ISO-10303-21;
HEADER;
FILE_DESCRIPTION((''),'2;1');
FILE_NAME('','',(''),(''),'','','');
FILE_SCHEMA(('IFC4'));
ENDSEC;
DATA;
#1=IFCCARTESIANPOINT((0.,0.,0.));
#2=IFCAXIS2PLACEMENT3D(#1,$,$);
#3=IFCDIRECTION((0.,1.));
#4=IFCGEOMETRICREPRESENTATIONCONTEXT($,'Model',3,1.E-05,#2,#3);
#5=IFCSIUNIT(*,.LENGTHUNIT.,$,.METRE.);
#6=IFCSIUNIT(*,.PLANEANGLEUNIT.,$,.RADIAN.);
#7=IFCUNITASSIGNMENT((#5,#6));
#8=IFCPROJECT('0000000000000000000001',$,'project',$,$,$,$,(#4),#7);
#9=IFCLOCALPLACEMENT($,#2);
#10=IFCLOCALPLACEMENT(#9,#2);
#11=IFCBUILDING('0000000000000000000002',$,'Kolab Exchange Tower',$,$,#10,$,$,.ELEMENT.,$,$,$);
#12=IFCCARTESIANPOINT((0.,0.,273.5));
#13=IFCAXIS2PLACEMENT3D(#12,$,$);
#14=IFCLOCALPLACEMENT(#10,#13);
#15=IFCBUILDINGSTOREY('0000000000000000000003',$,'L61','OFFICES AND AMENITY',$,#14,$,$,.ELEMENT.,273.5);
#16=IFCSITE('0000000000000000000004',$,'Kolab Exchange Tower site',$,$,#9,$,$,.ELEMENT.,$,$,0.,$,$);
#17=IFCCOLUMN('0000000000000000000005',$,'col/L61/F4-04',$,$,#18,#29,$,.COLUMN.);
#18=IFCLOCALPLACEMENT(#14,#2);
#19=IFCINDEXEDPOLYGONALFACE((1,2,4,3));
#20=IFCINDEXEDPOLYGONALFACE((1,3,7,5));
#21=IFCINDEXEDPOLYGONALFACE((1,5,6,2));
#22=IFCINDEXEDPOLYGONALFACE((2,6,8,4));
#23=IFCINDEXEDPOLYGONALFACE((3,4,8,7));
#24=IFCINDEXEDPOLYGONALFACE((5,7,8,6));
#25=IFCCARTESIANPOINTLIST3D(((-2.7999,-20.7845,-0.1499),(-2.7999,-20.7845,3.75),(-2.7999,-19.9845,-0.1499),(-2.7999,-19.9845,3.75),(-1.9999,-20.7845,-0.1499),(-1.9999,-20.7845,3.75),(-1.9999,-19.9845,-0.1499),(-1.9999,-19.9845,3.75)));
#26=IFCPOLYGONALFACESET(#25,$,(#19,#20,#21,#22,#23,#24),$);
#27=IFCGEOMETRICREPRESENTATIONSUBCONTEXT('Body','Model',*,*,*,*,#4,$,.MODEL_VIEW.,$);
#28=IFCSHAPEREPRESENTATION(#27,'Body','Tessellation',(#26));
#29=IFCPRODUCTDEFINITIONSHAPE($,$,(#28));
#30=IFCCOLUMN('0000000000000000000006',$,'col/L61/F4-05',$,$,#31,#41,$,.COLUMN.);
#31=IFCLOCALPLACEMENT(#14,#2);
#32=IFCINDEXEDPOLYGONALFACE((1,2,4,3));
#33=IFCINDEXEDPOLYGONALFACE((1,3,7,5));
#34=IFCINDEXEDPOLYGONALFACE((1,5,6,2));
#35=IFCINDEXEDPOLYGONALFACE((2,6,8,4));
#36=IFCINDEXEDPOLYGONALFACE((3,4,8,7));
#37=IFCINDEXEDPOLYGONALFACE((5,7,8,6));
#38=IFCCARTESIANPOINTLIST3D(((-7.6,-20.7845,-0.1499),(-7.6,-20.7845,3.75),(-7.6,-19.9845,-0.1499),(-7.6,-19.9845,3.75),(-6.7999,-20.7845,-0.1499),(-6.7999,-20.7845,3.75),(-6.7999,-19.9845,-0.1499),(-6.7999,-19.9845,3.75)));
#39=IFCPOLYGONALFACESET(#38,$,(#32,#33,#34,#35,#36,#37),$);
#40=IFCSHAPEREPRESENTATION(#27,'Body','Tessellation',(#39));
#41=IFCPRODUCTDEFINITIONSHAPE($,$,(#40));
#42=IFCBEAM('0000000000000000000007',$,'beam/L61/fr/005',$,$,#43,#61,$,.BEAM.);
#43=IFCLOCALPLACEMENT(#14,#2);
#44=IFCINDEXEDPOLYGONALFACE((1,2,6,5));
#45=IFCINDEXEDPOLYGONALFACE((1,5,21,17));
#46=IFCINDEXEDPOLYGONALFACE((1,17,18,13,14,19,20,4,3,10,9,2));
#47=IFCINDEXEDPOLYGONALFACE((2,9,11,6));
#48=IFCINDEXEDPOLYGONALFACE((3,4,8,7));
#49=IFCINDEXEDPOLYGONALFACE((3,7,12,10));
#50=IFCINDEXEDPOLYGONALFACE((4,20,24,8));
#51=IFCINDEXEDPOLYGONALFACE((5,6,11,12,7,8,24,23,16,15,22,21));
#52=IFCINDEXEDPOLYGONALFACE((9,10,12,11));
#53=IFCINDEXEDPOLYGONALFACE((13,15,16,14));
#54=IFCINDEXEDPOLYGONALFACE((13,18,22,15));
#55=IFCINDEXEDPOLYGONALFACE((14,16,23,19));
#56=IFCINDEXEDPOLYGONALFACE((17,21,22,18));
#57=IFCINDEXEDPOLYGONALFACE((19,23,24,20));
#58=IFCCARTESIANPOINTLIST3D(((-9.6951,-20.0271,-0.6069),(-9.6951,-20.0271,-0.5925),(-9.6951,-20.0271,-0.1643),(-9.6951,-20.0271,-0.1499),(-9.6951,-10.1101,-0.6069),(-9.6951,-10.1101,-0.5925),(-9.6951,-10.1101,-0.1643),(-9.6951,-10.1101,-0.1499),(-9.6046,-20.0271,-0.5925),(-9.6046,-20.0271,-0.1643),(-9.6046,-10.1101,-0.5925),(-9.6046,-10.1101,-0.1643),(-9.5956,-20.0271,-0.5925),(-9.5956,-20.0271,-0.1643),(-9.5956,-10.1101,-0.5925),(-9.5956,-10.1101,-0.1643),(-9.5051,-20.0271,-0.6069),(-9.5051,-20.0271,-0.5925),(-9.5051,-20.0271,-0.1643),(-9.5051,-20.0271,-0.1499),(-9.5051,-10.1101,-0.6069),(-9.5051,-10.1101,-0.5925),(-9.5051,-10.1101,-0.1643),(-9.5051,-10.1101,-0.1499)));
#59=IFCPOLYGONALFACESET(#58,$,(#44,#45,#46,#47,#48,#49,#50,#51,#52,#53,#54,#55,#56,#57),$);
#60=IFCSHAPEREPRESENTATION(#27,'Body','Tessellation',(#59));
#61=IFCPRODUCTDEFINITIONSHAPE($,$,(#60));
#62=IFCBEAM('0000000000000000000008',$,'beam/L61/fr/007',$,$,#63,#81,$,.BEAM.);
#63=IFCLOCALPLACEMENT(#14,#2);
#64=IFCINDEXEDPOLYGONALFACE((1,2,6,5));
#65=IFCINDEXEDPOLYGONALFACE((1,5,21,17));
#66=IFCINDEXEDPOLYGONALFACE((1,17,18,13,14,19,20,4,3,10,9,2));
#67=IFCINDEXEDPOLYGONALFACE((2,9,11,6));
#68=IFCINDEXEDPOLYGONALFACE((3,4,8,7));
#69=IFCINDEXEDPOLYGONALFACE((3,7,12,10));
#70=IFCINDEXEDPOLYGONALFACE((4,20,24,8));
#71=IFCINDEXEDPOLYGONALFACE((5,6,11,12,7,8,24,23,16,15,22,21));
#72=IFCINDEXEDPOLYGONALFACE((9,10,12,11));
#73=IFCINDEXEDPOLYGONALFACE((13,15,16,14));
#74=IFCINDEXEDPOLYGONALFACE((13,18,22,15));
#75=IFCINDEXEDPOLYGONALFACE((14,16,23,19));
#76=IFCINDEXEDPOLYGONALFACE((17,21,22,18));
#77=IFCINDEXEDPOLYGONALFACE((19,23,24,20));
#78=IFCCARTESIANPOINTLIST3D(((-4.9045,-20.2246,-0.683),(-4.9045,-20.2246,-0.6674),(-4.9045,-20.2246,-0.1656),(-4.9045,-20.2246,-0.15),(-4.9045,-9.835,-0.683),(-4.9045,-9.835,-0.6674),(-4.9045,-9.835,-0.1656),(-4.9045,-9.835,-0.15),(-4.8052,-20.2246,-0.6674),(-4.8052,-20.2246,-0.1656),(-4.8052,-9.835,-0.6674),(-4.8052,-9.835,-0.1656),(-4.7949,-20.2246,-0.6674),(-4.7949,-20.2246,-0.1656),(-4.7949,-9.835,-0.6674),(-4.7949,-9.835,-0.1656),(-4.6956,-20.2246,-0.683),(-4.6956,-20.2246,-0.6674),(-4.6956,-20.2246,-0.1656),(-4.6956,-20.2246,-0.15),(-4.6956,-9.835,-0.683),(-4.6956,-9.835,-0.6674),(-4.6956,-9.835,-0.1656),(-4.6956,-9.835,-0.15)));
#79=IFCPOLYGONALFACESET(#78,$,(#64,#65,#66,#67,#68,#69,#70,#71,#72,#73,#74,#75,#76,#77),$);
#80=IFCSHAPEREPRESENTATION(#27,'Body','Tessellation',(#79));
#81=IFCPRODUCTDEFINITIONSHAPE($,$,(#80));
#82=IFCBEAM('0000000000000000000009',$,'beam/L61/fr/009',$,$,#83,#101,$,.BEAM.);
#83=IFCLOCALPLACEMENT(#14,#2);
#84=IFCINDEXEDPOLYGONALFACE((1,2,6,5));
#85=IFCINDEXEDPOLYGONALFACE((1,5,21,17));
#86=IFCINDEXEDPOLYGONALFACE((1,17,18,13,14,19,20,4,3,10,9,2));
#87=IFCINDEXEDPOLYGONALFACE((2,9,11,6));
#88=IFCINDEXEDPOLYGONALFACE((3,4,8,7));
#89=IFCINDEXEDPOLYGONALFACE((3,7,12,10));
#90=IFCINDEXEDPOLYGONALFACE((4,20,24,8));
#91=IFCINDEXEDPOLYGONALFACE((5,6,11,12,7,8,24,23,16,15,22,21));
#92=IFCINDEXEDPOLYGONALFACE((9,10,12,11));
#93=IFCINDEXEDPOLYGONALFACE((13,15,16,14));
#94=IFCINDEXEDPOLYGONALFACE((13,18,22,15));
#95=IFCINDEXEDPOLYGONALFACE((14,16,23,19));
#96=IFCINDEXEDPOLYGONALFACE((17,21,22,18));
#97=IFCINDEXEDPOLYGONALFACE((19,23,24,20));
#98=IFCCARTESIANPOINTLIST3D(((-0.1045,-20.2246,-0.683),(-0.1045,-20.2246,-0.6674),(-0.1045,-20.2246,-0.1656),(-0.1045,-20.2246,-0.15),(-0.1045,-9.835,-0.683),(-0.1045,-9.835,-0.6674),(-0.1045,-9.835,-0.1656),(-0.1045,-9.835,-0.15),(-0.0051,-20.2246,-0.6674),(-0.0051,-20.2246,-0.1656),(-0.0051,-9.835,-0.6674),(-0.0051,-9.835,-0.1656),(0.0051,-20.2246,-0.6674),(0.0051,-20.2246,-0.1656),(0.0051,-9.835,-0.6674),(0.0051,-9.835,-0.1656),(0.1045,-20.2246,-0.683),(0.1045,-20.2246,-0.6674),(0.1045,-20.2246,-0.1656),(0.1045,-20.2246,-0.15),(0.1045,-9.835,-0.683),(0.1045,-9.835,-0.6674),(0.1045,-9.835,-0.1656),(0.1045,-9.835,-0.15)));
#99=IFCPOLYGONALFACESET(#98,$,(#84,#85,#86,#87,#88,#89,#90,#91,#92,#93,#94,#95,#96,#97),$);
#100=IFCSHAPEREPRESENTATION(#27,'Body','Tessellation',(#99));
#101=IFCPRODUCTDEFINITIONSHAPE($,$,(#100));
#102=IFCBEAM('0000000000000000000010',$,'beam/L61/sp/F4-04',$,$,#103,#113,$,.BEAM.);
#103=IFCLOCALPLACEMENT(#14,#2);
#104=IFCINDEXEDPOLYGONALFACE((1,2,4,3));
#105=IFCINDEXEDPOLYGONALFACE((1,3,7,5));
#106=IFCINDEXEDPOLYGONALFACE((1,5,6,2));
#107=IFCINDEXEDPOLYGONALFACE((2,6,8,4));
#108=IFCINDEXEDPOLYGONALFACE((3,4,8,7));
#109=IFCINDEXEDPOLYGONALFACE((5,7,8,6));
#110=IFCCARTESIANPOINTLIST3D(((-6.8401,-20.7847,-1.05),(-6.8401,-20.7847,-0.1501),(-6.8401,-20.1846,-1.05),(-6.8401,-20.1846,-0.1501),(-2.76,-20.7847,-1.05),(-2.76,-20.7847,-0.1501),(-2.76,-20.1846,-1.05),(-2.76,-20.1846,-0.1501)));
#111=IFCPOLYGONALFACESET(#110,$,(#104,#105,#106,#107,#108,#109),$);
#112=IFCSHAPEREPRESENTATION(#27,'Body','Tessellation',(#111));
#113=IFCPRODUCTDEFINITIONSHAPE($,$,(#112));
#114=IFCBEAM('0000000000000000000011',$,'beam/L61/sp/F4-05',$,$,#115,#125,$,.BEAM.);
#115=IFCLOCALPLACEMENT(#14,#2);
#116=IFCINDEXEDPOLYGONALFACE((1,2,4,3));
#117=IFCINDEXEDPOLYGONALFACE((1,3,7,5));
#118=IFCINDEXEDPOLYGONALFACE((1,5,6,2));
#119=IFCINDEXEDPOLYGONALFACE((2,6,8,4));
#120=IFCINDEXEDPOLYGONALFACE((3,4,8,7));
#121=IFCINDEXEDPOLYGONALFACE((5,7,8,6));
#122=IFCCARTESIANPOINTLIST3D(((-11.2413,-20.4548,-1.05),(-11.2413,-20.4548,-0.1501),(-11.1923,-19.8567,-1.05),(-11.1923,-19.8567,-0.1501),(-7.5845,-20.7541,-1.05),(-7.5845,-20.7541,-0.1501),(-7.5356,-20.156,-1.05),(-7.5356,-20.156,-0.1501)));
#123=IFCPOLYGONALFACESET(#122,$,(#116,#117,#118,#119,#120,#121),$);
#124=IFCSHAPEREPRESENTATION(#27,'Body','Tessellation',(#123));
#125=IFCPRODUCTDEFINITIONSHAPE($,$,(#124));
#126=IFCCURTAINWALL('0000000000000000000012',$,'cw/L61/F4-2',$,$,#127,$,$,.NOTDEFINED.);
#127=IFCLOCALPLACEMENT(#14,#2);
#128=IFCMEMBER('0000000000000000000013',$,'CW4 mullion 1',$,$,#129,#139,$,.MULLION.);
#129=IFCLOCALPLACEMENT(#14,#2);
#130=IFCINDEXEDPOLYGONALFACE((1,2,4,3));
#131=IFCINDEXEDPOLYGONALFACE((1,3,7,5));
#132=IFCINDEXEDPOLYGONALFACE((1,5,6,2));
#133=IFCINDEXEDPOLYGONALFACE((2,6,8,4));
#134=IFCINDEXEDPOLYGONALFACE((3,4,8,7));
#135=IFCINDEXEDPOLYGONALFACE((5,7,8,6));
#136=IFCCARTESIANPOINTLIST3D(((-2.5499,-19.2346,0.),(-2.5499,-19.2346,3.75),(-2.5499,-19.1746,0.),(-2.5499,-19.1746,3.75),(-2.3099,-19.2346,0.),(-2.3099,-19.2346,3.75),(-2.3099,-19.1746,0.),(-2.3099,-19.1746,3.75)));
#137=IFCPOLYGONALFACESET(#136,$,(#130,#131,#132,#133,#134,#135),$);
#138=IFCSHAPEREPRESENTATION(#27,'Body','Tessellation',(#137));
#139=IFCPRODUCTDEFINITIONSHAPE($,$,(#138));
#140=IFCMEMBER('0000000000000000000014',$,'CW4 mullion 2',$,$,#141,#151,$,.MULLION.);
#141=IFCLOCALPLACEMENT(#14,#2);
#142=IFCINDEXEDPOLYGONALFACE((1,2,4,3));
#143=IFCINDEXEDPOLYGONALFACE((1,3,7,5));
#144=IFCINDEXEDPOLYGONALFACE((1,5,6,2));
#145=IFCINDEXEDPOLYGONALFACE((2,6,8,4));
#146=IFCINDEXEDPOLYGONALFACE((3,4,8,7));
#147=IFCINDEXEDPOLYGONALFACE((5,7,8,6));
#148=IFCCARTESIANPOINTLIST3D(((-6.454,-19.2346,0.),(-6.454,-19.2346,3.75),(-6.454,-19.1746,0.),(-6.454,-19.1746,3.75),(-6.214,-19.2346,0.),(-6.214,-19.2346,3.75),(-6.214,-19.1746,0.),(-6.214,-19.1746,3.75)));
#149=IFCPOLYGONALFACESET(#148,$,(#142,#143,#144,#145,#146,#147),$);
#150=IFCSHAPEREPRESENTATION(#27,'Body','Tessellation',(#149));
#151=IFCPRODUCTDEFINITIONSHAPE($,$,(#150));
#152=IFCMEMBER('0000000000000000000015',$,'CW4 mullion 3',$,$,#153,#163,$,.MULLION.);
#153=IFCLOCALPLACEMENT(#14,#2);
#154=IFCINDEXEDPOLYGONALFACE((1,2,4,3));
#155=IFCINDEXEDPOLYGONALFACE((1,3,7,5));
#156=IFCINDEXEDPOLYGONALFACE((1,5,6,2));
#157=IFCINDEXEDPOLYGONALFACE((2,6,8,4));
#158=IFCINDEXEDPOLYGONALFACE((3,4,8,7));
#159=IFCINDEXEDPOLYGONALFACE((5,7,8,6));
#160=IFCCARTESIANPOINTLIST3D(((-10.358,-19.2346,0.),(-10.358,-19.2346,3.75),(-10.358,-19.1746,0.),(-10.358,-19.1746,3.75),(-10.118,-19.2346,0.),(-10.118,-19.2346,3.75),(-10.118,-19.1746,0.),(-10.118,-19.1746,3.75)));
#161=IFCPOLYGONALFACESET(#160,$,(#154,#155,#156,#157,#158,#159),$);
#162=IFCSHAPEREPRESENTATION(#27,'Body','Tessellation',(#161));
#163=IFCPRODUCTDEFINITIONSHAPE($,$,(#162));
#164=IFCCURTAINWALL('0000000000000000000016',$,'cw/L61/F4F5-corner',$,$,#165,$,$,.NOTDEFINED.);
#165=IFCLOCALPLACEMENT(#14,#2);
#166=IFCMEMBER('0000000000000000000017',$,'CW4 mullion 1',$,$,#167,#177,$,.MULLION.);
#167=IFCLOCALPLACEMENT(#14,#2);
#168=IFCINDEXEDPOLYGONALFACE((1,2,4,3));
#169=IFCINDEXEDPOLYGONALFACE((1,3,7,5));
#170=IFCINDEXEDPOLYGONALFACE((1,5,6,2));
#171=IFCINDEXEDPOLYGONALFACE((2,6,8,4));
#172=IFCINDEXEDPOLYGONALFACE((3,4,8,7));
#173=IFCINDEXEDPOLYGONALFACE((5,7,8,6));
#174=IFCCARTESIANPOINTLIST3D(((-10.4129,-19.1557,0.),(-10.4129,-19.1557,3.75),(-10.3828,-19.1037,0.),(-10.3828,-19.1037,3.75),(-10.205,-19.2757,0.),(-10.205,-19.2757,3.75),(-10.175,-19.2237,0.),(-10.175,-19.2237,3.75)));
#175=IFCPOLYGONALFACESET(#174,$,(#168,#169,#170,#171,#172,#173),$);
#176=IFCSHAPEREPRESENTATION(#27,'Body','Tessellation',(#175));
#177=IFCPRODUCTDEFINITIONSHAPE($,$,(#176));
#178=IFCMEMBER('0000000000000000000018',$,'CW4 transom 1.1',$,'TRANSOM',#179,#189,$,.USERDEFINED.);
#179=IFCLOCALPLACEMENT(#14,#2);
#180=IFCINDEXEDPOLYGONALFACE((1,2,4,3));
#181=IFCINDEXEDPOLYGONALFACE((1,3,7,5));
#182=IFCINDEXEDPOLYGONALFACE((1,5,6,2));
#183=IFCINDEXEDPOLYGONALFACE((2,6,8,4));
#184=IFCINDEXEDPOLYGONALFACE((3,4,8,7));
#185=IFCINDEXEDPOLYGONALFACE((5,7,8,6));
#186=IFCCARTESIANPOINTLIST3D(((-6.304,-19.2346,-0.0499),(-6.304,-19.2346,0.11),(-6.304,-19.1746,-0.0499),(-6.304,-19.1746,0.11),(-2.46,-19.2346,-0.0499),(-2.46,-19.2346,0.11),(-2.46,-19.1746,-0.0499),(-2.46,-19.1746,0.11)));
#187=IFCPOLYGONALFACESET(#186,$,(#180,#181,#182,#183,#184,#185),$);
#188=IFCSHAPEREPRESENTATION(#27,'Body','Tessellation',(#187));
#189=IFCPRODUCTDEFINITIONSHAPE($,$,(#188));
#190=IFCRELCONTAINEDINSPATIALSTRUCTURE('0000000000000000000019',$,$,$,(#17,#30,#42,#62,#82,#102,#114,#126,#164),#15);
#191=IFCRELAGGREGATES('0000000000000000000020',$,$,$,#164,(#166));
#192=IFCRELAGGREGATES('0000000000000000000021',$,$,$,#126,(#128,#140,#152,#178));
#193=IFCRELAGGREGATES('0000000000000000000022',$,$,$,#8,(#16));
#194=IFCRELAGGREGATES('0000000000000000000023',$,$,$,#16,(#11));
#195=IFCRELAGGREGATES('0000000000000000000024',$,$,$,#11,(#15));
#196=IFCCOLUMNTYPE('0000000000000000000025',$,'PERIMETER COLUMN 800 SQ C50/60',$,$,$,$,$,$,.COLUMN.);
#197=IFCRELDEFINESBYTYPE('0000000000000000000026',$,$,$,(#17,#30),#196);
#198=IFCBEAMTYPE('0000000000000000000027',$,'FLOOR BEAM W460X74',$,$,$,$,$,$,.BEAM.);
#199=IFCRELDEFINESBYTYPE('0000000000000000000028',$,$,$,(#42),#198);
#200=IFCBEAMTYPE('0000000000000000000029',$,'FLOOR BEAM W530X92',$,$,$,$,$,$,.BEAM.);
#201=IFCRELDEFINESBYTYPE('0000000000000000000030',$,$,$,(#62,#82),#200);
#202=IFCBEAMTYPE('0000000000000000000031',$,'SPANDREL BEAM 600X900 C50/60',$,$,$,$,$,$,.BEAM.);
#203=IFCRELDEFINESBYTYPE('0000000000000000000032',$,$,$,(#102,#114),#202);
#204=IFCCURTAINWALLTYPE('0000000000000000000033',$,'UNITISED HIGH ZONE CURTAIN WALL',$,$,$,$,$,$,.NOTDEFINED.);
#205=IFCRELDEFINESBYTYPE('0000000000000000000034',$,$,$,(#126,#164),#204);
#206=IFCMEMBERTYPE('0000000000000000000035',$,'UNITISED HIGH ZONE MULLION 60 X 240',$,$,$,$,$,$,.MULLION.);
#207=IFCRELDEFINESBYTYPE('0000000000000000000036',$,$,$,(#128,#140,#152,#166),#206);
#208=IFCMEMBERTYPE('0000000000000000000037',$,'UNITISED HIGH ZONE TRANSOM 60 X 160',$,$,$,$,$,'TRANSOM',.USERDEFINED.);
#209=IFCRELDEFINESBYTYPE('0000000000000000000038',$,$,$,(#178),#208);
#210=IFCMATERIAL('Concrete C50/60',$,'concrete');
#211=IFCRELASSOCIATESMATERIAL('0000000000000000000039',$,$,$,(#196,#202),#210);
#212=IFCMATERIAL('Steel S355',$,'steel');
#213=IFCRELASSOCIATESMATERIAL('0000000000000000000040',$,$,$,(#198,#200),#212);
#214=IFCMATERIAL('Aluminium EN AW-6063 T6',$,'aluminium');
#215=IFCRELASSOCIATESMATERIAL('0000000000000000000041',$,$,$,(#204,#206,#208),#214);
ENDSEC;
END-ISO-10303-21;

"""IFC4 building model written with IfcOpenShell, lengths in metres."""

from ifc_helpers import new_model, si_unit, direction, frame, origin, origin_2d, place, context, subcontext, project, spatial, rectangle, i_section, extrude, material, material_profile, profile_set, type_object, element, aggregate, save


model = new_model("IFC4")

# Units and contexts
model_context = context("Model", 3, precision=1e-05, world=origin(), true_north=direction((0.0, 1.0)))
body_context = subcontext(model_context, "Body", "Model", "MODEL_VIEW")
ifc_project = project(units=[si_unit("LENGTHUNIT", "METRE"), si_unit("PLANEANGLEUNIT", "RADIAN")], contexts=[model_context])

# Site, building, storey
site_placement = place(None, origin())
site = spatial("IfcSite", under=ifc_project, at=site_placement, Name="Kolab Exchange Tower site", CompositionType="ELEMENT", RefElevation=0.0)
building_placement = place(site_placement, origin())
building = spatial("IfcBuilding", under=site, at=building_placement, Name="Kolab Exchange Tower", CompositionType="ELEMENT")
storey_placement = place(building_placement, frame((0.0, 0.0, 273.5)))
storey = spatial("IfcBuildingStorey", under=building, at=storey_placement, Name="L61", Description="OFFICES AND AMENITY", CompositionType="ELEMENT", Elevation=273.5)

# Columns
ifc_material_1 = material(Name="Concrete C50/60", Category="concrete")
ifc_material_profile_1 = material_profile(ifc_material_1, rectangle(XDim=0.8, YDim=0.8, at=origin_2d()), Name="RC800")
ifc_profile_set_1 = profile_set([ifc_material_profile_1], Name="Concrete C50/60")
column_type = type_object("IfcColumnType", Name="PERIMETER COLUMN 800 SQ C50/60", PredefinedType="COLUMN", material=ifc_profile_set_1)
for number, where, z_axis, x_axis, name in (
    (1, (-2.3999, -20.3845, -0.1499), (0.0, 0.0, 1.0), (1.0, 0.0, 0.0), "col/L61/F4-04"),
    (2, (-7.2, -20.3845, -0.1499), (0.0, 0.0, 1.0), (1.0, 0.0, 0.0), "col/L61/F4-05"),
):
    element("IfcColumn", number, at=place(storey_placement, frame(where, z_axis=z_axis, x_axis=x_axis)), inside=storey, type_object=column_type, Name=name, PredefinedType="COLUMN", context=body_context, shape_type="SweptSolid", body=[
        extrude(rectangle(XDim=0.8, YDim=0.8, at=origin_2d()), origin(), (0.0, 0.0, 1.0), 3.8999),
    ])

# Beams
ifc_material_2 = material(Name="Steel S355", Category="steel")
ifc_material_profile_2 = material_profile(ifc_material_2, i_section(OverallWidth=0.1899, OverallDepth=0.457, WebThickness=0.009, FlangeThickness=0.0144, at=origin_2d()), Name="W460X74")
ifc_profile_set_2 = profile_set([ifc_material_profile_2], Name="Steel S355")
beam_type_1 = type_object("IfcBeamType", Name="FLOOR BEAM W460X74", PredefinedType="BEAM", material=ifc_profile_set_2)
beam_1_placement = place(storey_placement, frame((-9.6001, -20.0271, -0.3784), z_axis=(0.0, 1.0, 0.0), x_axis=(-1.0, 0.0, 0.0)))
element("IfcBeam", 3, at=beam_1_placement, inside=storey, type_object=beam_type_1, Name="beam/L61/fr/005", PredefinedType="BEAM", context=body_context, shape_type="SweptSolid", body=[
    extrude(i_section(OverallWidth=0.1899, OverallDepth=0.457, WebThickness=0.009, FlangeThickness=0.0144, at=origin_2d()), origin(), (0.0, 0.0, 1.0), 9.917),
])
ifc_material_profile_3 = material_profile(ifc_material_2, i_section(OverallWidth=0.209, OverallDepth=0.533, WebThickness=0.0103, FlangeThickness=0.0156, at=origin_2d()), Name="W530X92")
ifc_profile_set_3 = profile_set([ifc_material_profile_3], Name="Steel S355")
beam_type_2 = type_object("IfcBeamType", Name="FLOOR BEAM W530X92", PredefinedType="BEAM", material=ifc_profile_set_3)
for number, where, z_axis, x_axis, name in (
    (4, (-4.8, -20.2246, -0.4165), (0.0, 1.0, 0.0), (-1.0, 0.0, 0.0), "beam/L61/fr/007"),
    (5, (0.0, -20.2246, -0.4165), (0.0, 1.0, 0.0), (-1.0, 0.0, 0.0), "beam/L61/fr/009"),
):
    element("IfcBeam", number, at=place(storey_placement, frame(where, z_axis=z_axis, x_axis=x_axis)), inside=storey, type_object=beam_type_2, Name=name, PredefinedType="BEAM", context=body_context, shape_type="SweptSolid", body=[
        extrude(i_section(OverallWidth=0.209, OverallDepth=0.533, WebThickness=0.0103, FlangeThickness=0.0156, at=origin_2d()), origin(), (0.0, 0.0, 1.0), 10.3896),
    ])
ifc_material_profile_4 = material_profile(ifc_material_1, rectangle(XDim=0.6001, YDim=0.8999, at=origin_2d()), Name="RC600X900")
ifc_profile_set_4 = profile_set([ifc_material_profile_4], Name="Concrete C50/60")
beam_type_3 = type_object("IfcBeamType", Name="SPANDREL BEAM 600X900 C50/60", PredefinedType="BEAM", material=ifc_profile_set_4)
beam_2_placement = place(storey_placement, frame((-2.76, -20.4846, -0.6001), z_axis=(-1.0, 0.0, 0.0), x_axis=(0.0, -1.0, 0.0)))
element("IfcBeam", 6, at=beam_2_placement, inside=storey, type_object=beam_type_3, Name="beam/L61/sp/F4-04", PredefinedType="BEAM", context=body_context, shape_type="SweptSolid", body=[
    extrude(rectangle(XDim=0.6001, YDim=0.8999, at=origin_2d()), origin(), (0.0, 0.0, 1.0), 4.0801),
])
beam_3_placement = place(storey_placement, frame((-7.5601, -20.4551, -0.6001), z_axis=(-0.996667, 0.081581, 0.0), x_axis=(-0.081581, -0.996667, 0.0)))
element("IfcBeam", 7, at=beam_3_placement, inside=storey, type_object=beam_type_3, Name="beam/L61/sp/F4-05", PredefinedType="BEAM", context=body_context, shape_type="SweptSolid", body=[
    extrude(rectangle(XDim=0.6001, YDim=0.8999, at=origin_2d()), origin(), (0.0, 0.0, 1.0), 3.6689),
])

# Curtain wall, members
ifc_material_3 = material(Name="Aluminium EN AW-6063 T6", Category="aluminium")
curtain_wall_type = type_object("IfcCurtainWallType", Name="UNITISED HIGH ZONE CURTAIN WALL", PredefinedType="NOTDEFINED", material=ifc_material_3)
curtain_wall_1_placement = place(storey_placement, origin())
curtain_wall_1 = element("IfcCurtainWall", 8, at=curtain_wall_1_placement, inside=storey, type_object=curtain_wall_type, Name="cw/L61/F4-2", PredefinedType="NOTDEFINED")
ifc_material_profile_5 = material_profile(ifc_material_3, rectangle(XDim=0.0601, YDim=0.24, at=origin_2d()), Name="RECT 60X240")
ifc_profile_set_5 = profile_set([ifc_material_profile_5], Name="Aluminium EN AW-6063 T6")
member_type_1 = type_object("IfcMemberType", Name="UNITISED HIGH ZONE MULLION 60 X 240", PredefinedType="MULLION", material=ifc_profile_set_5)
member_1_placement = place(storey_placement, frame((-2.4299, -19.2046, 0.0), z_axis=(0.0, 0.0, 1.0), x_axis=(0.0, -1.0, 0.0)))
member_1 = element("IfcMember", 9, at=member_1_placement, type_object=member_type_1, Name="CW4 mullion 1", PredefinedType="MULLION", context=body_context, shape_type="SweptSolid", body=[
    extrude(rectangle(XDim=0.0601, YDim=0.24, at=origin_2d()), origin(), (0.0, 0.0, 1.0), 3.75),
])
member_2_placement = place(storey_placement, frame((-6.334, -19.2046, 0.0), z_axis=(0.0, 0.0, 1.0), x_axis=(0.0, -1.0, 0.0)))
member_2 = element("IfcMember", 10, at=member_2_placement, type_object=member_type_1, Name="CW4 mullion 2", PredefinedType="MULLION", context=body_context, shape_type="SweptSolid", body=[
    extrude(rectangle(XDim=0.0601, YDim=0.24, at=origin_2d()), origin(), (0.0, 0.0, 1.0), 3.75),
])
member_3_placement = place(storey_placement, frame((-10.238, -19.2046, 0.0), z_axis=(0.0, 0.0, 1.0), x_axis=(0.0, -1.0, 0.0)))
member_3 = element("IfcMember", 11, at=member_3_placement, type_object=member_type_1, Name="CW4 mullion 3", PredefinedType="MULLION", context=body_context, shape_type="SweptSolid", body=[
    extrude(rectangle(XDim=0.0601, YDim=0.24, at=origin_2d()), origin(), (0.0, 0.0, 1.0), 3.75),
])

# Curtain wall, member
curtain_wall_2_placement = place(storey_placement, origin())
curtain_wall_2 = element("IfcCurtainWall", 12, at=curtain_wall_2_placement, inside=storey, type_object=curtain_wall_type, Name="cw/L61/F4F5-corner", PredefinedType="NOTDEFINED")
member_4_placement = place(storey_placement, frame((-10.2939, -19.1897, 0.0), z_axis=(0.0, 0.0, 1.0), x_axis=(-0.5, -0.866025, 0.0)))
member_4 = element("IfcMember", 13, at=member_4_placement, type_object=member_type_1, Name="CW4 mullion 1", PredefinedType="MULLION", context=body_context, shape_type="SweptSolid", body=[
    extrude(rectangle(XDim=0.0601, YDim=0.24, at=origin_2d()), origin(), (0.0, 0.0, 1.0), 3.75),
])

# Member
ifc_material_profile_6 = material_profile(ifc_material_3, rectangle(XDim=0.0601, YDim=0.1599, at=origin_2d()), Name="RECT 60X160")
ifc_profile_set_6 = profile_set([ifc_material_profile_6], Name="Aluminium EN AW-6063 T6")
member_type_2 = type_object("IfcMemberType", Name="UNITISED HIGH ZONE TRANSOM 60 X 160", ElementType="TRANSOM", PredefinedType="USERDEFINED", material=ifc_profile_set_6)
member_5_placement = place(storey_placement, frame((-2.46, -19.2046, 0.03), z_axis=(-1.0, 0.0, 0.0), x_axis=(0.0, -1.0, 0.0)))
member_5 = element("IfcMember", 14, at=member_5_placement, type_object=member_type_2, Name="CW4 transom 1.1", ObjectType="TRANSOM", PredefinedType="USERDEFINED", context=body_context, shape_type="SweptSolid", body=[
    extrude(rectangle(XDim=0.0601, YDim=0.1599, at=origin_2d()), origin(), (0.0, 0.0, 1.0), 3.844),
])
aggregate(curtain_wall_2, [member_4])

aggregate(curtain_wall_1, [member_1, member_2, member_3, member_5])

save(model, "model.ifc")
